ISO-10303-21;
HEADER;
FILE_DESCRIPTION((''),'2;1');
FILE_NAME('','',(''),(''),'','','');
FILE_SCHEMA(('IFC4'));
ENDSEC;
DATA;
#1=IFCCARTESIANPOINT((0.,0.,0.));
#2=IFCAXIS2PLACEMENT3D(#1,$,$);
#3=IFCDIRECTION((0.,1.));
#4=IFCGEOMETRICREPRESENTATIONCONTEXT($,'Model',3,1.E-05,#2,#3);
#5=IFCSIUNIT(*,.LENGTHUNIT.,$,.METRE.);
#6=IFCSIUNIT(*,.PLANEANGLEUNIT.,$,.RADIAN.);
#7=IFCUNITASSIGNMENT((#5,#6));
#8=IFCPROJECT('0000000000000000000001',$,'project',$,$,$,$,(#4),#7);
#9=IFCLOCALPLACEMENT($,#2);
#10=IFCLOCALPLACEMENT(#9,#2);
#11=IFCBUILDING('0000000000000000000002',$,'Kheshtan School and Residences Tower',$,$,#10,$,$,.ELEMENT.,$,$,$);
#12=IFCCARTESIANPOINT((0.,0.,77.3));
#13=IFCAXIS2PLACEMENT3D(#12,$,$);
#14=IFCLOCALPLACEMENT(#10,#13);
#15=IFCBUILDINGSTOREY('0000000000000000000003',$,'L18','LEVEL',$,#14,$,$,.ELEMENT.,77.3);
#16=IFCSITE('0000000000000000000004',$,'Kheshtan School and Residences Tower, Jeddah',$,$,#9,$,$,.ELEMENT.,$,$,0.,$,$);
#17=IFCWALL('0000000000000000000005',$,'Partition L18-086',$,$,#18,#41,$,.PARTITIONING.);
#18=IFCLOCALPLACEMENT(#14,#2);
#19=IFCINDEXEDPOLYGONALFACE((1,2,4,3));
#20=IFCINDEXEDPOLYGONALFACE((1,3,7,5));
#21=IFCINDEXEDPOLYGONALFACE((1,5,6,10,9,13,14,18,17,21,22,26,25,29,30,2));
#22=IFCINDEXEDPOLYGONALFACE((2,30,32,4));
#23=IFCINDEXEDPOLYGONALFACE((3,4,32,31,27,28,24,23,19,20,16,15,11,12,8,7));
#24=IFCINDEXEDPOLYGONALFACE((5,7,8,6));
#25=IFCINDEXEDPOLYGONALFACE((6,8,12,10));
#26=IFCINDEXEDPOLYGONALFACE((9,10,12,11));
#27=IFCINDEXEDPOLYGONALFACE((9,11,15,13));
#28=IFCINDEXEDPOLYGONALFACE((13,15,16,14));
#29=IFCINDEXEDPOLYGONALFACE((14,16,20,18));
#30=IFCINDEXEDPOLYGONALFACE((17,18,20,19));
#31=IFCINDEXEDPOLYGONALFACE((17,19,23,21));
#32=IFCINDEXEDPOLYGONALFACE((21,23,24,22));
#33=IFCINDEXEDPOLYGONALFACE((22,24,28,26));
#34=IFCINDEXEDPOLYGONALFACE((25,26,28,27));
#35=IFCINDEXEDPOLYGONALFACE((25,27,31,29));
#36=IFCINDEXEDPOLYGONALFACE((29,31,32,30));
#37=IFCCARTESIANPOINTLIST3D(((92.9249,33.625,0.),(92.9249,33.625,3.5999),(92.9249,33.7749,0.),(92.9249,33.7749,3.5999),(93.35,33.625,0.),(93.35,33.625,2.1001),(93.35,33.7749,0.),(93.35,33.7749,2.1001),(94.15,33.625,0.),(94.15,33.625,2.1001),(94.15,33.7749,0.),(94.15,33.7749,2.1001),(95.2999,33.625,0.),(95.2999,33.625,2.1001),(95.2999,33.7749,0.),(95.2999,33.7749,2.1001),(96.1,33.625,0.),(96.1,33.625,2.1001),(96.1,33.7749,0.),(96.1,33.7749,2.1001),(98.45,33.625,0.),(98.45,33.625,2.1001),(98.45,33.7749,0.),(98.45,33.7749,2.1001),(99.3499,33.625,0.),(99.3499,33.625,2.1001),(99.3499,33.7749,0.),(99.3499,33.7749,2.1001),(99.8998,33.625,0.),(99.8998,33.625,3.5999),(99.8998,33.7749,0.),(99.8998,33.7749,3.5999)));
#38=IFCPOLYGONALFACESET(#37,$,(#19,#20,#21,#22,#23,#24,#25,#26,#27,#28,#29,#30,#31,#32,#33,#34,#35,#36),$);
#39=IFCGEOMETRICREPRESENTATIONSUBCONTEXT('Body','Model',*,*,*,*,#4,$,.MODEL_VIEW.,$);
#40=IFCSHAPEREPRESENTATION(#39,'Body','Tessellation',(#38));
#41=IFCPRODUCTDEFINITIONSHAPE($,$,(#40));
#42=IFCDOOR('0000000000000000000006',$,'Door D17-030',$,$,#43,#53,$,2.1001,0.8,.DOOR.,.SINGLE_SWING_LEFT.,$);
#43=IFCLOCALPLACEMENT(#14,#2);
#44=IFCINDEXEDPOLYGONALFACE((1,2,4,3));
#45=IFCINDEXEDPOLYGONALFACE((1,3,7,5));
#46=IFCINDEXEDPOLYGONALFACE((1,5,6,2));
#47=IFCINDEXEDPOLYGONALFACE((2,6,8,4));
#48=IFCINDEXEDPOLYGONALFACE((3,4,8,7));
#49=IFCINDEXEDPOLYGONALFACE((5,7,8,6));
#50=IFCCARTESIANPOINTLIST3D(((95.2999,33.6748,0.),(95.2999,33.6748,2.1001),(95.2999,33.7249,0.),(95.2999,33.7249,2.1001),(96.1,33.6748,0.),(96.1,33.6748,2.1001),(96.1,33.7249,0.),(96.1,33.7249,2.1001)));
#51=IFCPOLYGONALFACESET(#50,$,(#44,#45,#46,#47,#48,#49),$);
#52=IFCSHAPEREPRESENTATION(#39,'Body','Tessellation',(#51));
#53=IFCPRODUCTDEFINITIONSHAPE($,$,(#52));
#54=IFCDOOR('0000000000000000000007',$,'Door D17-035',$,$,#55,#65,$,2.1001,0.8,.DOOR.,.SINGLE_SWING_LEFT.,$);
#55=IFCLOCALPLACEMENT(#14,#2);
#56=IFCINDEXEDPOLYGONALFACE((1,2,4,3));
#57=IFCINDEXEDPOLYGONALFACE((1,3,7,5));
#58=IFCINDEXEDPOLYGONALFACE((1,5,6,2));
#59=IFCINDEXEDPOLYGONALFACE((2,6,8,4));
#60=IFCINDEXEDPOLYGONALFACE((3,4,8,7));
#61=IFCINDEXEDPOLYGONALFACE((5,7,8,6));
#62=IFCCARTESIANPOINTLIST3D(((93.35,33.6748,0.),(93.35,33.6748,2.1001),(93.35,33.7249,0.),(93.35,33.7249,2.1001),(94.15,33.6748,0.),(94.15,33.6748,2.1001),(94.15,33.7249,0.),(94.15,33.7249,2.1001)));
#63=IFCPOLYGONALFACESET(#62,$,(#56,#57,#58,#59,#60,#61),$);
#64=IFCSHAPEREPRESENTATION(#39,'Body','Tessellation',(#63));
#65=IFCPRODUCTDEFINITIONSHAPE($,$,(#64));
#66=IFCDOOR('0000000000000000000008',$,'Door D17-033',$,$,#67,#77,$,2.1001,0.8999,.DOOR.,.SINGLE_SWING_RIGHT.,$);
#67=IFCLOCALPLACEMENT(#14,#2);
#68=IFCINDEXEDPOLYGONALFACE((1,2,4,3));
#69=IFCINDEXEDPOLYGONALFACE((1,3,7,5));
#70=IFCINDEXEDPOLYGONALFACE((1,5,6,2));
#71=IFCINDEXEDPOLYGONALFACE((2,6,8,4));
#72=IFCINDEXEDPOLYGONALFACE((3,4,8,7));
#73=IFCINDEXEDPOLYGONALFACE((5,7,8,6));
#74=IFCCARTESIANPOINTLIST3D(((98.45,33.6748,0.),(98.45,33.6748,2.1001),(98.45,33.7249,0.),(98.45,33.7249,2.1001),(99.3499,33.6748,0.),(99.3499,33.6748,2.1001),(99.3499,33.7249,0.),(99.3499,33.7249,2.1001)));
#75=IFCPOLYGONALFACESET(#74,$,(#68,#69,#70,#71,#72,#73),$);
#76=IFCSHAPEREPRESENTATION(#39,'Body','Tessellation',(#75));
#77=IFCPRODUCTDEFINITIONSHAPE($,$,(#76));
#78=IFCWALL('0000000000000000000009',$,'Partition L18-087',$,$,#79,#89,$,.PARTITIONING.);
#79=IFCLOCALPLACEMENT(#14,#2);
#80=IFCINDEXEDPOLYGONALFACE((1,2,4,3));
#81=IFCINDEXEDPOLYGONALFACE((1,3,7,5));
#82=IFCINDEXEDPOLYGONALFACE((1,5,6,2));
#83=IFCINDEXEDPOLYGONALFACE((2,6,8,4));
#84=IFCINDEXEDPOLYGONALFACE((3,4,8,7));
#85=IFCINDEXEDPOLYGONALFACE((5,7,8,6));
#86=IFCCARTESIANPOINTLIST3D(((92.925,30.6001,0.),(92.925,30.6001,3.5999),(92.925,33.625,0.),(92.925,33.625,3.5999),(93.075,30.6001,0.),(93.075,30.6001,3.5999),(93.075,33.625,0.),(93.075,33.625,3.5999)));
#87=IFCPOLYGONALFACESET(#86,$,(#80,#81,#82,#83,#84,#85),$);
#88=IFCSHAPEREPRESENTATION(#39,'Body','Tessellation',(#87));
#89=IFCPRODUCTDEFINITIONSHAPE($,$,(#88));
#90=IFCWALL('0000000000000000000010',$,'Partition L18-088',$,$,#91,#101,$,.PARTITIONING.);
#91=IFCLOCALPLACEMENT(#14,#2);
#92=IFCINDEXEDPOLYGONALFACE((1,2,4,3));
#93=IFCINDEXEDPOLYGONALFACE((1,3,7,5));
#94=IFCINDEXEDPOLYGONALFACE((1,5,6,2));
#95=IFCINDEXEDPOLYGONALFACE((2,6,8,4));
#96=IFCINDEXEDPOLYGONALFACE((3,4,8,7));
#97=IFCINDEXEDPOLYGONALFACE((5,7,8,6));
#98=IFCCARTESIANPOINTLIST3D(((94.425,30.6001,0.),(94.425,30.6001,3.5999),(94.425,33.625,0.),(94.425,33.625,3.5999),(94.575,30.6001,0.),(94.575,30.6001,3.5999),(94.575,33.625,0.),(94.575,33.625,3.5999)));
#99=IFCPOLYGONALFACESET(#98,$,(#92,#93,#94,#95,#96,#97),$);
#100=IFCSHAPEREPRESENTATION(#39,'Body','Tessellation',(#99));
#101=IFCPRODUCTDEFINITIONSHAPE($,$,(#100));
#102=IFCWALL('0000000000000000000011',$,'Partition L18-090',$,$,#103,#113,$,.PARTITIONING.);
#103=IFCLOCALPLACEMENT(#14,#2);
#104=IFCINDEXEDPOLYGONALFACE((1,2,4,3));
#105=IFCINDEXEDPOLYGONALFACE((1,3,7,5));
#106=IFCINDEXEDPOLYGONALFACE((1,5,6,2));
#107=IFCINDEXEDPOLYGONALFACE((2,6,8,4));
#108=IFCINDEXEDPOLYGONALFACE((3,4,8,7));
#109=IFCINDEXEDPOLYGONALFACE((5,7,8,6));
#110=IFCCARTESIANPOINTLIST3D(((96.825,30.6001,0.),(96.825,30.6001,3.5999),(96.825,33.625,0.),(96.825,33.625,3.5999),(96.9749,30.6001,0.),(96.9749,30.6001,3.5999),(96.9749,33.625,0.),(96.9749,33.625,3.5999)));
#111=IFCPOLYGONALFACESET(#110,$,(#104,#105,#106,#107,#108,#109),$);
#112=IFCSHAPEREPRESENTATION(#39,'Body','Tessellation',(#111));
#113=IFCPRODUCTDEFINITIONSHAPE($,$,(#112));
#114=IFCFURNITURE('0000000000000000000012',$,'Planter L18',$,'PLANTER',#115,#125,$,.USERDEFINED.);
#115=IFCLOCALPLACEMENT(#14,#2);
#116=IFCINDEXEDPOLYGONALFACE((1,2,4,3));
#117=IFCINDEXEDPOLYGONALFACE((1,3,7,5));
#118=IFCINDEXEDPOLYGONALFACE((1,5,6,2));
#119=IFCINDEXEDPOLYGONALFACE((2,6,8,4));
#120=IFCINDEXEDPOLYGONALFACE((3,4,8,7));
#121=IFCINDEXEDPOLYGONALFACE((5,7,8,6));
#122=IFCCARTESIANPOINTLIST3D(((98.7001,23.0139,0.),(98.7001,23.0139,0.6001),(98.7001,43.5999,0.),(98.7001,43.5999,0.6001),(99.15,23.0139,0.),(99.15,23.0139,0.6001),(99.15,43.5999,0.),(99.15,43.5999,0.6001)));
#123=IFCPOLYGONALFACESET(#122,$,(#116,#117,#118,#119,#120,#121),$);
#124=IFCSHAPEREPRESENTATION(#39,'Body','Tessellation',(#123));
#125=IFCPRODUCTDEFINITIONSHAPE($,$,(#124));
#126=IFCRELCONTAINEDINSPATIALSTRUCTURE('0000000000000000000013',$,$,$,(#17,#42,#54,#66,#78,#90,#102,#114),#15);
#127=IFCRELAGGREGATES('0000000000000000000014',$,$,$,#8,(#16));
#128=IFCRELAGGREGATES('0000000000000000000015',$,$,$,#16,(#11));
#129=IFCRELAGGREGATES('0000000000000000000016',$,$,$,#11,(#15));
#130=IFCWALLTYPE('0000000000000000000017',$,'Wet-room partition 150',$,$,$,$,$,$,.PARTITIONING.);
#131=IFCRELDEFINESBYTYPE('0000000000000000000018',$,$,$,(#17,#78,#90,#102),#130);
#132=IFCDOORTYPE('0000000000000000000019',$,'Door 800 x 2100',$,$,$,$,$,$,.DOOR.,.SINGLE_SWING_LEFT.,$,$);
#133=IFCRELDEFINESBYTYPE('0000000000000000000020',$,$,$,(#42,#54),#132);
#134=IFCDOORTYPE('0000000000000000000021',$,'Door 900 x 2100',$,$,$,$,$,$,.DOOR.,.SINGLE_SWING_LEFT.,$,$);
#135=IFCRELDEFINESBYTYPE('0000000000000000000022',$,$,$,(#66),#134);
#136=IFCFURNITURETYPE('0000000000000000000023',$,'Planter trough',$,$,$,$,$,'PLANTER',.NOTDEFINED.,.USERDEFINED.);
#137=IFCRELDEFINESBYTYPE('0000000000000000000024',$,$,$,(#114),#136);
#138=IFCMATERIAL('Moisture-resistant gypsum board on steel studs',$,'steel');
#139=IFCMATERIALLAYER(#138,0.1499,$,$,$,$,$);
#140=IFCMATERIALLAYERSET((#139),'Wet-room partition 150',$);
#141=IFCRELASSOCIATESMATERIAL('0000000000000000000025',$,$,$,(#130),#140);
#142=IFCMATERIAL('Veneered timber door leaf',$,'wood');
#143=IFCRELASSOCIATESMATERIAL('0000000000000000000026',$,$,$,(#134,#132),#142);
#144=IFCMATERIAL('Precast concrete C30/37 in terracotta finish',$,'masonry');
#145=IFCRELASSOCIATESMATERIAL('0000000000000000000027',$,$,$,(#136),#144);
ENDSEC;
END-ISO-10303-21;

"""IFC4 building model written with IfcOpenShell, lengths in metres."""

from ifc_helpers import new_model, si_unit, direction, frame, frame_2d, origin, origin_2d, place, context, subcontext, project, spatial, rectangle, extrude, source, transform, mapped, material, layer, layer_set, type_object, element, fill, save


model = new_model("IFC4")

# Units and contexts
model_context = context("Model", 3, precision=1e-05, world=origin(), true_north=direction((0.0, 1.0)))
body_context = subcontext(model_context, "Body", "Model", "MODEL_VIEW")
ifc_project = project(units=[si_unit("LENGTHUNIT", "METRE"), si_unit("PLANEANGLEUNIT", "RADIAN")], contexts=[model_context])

# Site, building, storey
site_placement = place(None, origin())
site = spatial("IfcSite", under=ifc_project, at=site_placement, Name="Kheshtan School and Residences Tower, Jeddah", CompositionType="ELEMENT", RefElevation=0.0)
building_placement = place(site_placement, origin())
building = spatial("IfcBuilding", under=site, at=building_placement, Name="Kheshtan School and Residences Tower", CompositionType="ELEMENT")
storey_placement = place(building_placement, frame((0.0, 0.0, 77.3)))
storey = spatial("IfcBuildingStorey", under=building, at=storey_placement, Name="L18", Description="LEVEL", CompositionType="ELEMENT", Elevation=77.3)

# Shared definitions
ifc_material_1 = material(Name="Moisture-resistant gypsum board on steel studs", Category="steel")
ifc_layer_1 = layer(ifc_material_1, 0.1499)
ifc_layer_set_1 = layer_set([ifc_layer_1], Name="Wet-room partition 150")
wall_type_1 = type_object("IfcWallType", Name="Wet-room partition 150", PredefinedType="PARTITIONING", material=ifc_layer_set_1)

# Wall, openings, doors
ifc_material_2 = material(Name="Veneered timber door leaf", Category="wood")
door_type_1 = type_object("IfcDoorType", Name="Door 900 x 2100", OperationType="SINGLE_SWING_LEFT", PredefinedType="DOOR", material=ifc_material_2)
shared_shape_1 = source(origin(), body_context, "Body", "SweptSolid", [
    extrude(rectangle(XDim=0.8999, YDim=2.1001, at=frame_2d((0.45, 1.05))), frame((0.0, 0.0249, 0.0), z_axis=(0.0, -1.0, 0.0), x_axis=(1.0, 0.0, 0.0)), (0.0, 0.0, 1.0), 0.05),
])
wall_1_placement = place(storey_placement, frame((92.925, 33.7, 0.0), z_axis=(0.0, 0.0, 1.0), x_axis=(1.0, 0.0, 0.0)))
wall_1 = element("IfcWall", 1, at=wall_1_placement, inside=storey, type_object=wall_type_1, Name="Partition L18-086", PredefinedType="PARTITIONING", context=body_context, shape_type="SweptSolid", body=[
    extrude(rectangle(XDim=6.9749, YDim=0.1499, at=frame_2d((3.4873, 0.0))), origin(), (0.0, 0.0, 1.0), 3.5999),
])
opening_1_placement = place(wall_1_placement, frame((2.375, 0.0, 0.0)))
opening_1 = element("IfcOpeningElement", 2, at=opening_1_placement, cuts=wall_1, PredefinedType="OPENING", context=body_context, shape_type="SweptSolid", body=[
    extrude(rectangle(XDim=0.8, YDim=2.1001, at=frame_2d((0.3999, 1.05))), frame((0.0, 0.085, 0.0), z_axis=(0.0, -1.0, 0.0), x_axis=(1.0, 0.0, 0.0)), (0.0, 0.0, 1.0), 0.1699),
])
opening_2_placement = place(wall_1_placement, frame((5.5249, 0.0, 0.0)))
opening_2 = element("IfcOpeningElement", 3, at=opening_2_placement, cuts=wall_1, PredefinedType="OPENING", context=body_context, shape_type="SweptSolid", body=[
    extrude(rectangle(XDim=0.8999, YDim=2.1001, at=frame_2d((0.45, 1.05))), frame((0.0, 0.085, 0.0), z_axis=(0.0, -1.0, 0.0), x_axis=(1.0, 0.0, 0.0)), (0.0, 0.0, 1.0), 0.1699),
])
opening_3_placement = place(wall_1_placement, frame((0.425, 0.0, 0.0)))
opening_3 = element("IfcOpeningElement", 4, at=opening_3_placement, cuts=wall_1, PredefinedType="OPENING", context=body_context, shape_type="SweptSolid", body=[
    extrude(rectangle(XDim=0.8, YDim=2.1001, at=frame_2d((0.3999, 1.05))), frame((0.0, 0.085, 0.0), z_axis=(0.0, -1.0, 0.0), x_axis=(1.0, 0.0, 0.0)), (0.0, 0.0, 1.0), 0.1699),
])
door_type_2 = type_object("IfcDoorType", Name="Door 800 x 2100", OperationType="SINGLE_SWING_LEFT", PredefinedType="DOOR", material=ifc_material_2)
shared_shape_2 = source(origin(), body_context, "Body", "SweptSolid", [
    extrude(rectangle(XDim=0.8, YDim=2.1001, at=frame_2d((0.3999, 1.05))), frame((0.0, 0.0249, 0.0), z_axis=(0.0, -1.0, 0.0), x_axis=(1.0, 0.0, 0.0)), (0.0, 0.0, 1.0), 0.05),
])
door_1_placement = place(opening_1_placement, origin())
door_1 = element("IfcDoor", 5, at=door_1_placement, inside=storey, type_object=door_type_2, Name="Door D17-030", OperationType="SINGLE_SWING_LEFT", OverallHeight=2.1001, OverallWidth=0.8, PredefinedType="DOOR", context=body_context, shape_type="MappedRepresentation", body=[
    mapped(shared_shape_2, transform((0.0, 0.0, 0.0), x_axis=(1.0, 0.0, 0.0), y_axis=(0.0, 1.0, 0.0), z_axis=(0.0, 0.0, 1.0), scale=1.0)),
])
fill(opening_1, door_1)
door_2_placement = place(opening_3_placement, origin())
door_2 = element("IfcDoor", 6, at=door_2_placement, inside=storey, type_object=door_type_2, Name="Door D17-035", OperationType="SINGLE_SWING_LEFT", OverallHeight=2.1001, OverallWidth=0.8, PredefinedType="DOOR", context=body_context, shape_type="MappedRepresentation", body=[
    mapped(shared_shape_2, transform((0.0, 0.0, 0.0), x_axis=(1.0, 0.0, 0.0), y_axis=(0.0, 1.0, 0.0), z_axis=(0.0, 0.0, 1.0), scale=1.0)),
])
fill(opening_3, door_2)
door_3_placement = place(opening_2_placement, origin())
door_3 = element("IfcDoor", 7, at=door_3_placement, inside=storey, type_object=door_type_1, Name="Door D17-033", OperationType="SINGLE_SWING_RIGHT", OverallHeight=2.1001, OverallWidth=0.8999, PredefinedType="DOOR", context=body_context, shape_type="MappedRepresentation", body=[
    mapped(shared_shape_1, transform((0.0, 0.0, 0.0), x_axis=(1.0, 0.0, 0.0), y_axis=(0.0, 1.0, 0.0), z_axis=(0.0, 0.0, 1.0), scale=1.0)),
])
fill(opening_2, door_3)

# Walls
for number, where, z_axis, x_axis, name in (
    (8, (93.0, 30.6001, 0.0), (0.0, 0.0, 1.0), (0.0, 1.0, 0.0), "Partition L18-087"),
    (9, (94.5, 30.6001, 0.0), (0.0, 0.0, 1.0), (0.0, 1.0, 0.0), "Partition L18-088"),
    (10, (96.8999, 30.6001, 0.0), (0.0, 0.0, 1.0), (0.0, 1.0, 0.0), "Partition L18-090"),
):
    element("IfcWall", number, at=place(storey_placement, frame(where, z_axis=z_axis, x_axis=x_axis)), inside=storey, type_object=wall_type_1, Name=name, PredefinedType="PARTITIONING", context=body_context, shape_type="SweptSolid", body=[
        extrude(rectangle(XDim=3.0249, YDim=0.1499, at=frame_2d((1.5125, 0.0))), origin(), (0.0, 0.0, 1.0), 3.5999),
    ])

# Furniture
ifc_material_3 = material(Name="Precast concrete C30/37 in terracotta finish", Category="masonry")
furniture_type = type_object("IfcFurnitureType", Name="Planter trough", ElementType="PLANTER", AssemblyPlace="NOTDEFINED", PredefinedType="USERDEFINED", material=ifc_material_3)
furniture_placement = place(storey_placement, frame((98.925, 33.3069, 0.0), z_axis=(0.0, 0.0, 1.0), x_axis=(0.0, -1.0, 0.0)))
element("IfcFurniture", 11, at=furniture_placement, inside=storey, type_object=furniture_type, Name="Planter L18", ObjectType="PLANTER", PredefinedType="USERDEFINED", context=body_context, shape_type="SweptSolid", body=[
    extrude(rectangle(XDim=20.5859, YDim=0.45, at=origin_2d()), origin(), (0.0, 0.0, 1.0), 0.6001),
])

save(model, "model.ifc")
